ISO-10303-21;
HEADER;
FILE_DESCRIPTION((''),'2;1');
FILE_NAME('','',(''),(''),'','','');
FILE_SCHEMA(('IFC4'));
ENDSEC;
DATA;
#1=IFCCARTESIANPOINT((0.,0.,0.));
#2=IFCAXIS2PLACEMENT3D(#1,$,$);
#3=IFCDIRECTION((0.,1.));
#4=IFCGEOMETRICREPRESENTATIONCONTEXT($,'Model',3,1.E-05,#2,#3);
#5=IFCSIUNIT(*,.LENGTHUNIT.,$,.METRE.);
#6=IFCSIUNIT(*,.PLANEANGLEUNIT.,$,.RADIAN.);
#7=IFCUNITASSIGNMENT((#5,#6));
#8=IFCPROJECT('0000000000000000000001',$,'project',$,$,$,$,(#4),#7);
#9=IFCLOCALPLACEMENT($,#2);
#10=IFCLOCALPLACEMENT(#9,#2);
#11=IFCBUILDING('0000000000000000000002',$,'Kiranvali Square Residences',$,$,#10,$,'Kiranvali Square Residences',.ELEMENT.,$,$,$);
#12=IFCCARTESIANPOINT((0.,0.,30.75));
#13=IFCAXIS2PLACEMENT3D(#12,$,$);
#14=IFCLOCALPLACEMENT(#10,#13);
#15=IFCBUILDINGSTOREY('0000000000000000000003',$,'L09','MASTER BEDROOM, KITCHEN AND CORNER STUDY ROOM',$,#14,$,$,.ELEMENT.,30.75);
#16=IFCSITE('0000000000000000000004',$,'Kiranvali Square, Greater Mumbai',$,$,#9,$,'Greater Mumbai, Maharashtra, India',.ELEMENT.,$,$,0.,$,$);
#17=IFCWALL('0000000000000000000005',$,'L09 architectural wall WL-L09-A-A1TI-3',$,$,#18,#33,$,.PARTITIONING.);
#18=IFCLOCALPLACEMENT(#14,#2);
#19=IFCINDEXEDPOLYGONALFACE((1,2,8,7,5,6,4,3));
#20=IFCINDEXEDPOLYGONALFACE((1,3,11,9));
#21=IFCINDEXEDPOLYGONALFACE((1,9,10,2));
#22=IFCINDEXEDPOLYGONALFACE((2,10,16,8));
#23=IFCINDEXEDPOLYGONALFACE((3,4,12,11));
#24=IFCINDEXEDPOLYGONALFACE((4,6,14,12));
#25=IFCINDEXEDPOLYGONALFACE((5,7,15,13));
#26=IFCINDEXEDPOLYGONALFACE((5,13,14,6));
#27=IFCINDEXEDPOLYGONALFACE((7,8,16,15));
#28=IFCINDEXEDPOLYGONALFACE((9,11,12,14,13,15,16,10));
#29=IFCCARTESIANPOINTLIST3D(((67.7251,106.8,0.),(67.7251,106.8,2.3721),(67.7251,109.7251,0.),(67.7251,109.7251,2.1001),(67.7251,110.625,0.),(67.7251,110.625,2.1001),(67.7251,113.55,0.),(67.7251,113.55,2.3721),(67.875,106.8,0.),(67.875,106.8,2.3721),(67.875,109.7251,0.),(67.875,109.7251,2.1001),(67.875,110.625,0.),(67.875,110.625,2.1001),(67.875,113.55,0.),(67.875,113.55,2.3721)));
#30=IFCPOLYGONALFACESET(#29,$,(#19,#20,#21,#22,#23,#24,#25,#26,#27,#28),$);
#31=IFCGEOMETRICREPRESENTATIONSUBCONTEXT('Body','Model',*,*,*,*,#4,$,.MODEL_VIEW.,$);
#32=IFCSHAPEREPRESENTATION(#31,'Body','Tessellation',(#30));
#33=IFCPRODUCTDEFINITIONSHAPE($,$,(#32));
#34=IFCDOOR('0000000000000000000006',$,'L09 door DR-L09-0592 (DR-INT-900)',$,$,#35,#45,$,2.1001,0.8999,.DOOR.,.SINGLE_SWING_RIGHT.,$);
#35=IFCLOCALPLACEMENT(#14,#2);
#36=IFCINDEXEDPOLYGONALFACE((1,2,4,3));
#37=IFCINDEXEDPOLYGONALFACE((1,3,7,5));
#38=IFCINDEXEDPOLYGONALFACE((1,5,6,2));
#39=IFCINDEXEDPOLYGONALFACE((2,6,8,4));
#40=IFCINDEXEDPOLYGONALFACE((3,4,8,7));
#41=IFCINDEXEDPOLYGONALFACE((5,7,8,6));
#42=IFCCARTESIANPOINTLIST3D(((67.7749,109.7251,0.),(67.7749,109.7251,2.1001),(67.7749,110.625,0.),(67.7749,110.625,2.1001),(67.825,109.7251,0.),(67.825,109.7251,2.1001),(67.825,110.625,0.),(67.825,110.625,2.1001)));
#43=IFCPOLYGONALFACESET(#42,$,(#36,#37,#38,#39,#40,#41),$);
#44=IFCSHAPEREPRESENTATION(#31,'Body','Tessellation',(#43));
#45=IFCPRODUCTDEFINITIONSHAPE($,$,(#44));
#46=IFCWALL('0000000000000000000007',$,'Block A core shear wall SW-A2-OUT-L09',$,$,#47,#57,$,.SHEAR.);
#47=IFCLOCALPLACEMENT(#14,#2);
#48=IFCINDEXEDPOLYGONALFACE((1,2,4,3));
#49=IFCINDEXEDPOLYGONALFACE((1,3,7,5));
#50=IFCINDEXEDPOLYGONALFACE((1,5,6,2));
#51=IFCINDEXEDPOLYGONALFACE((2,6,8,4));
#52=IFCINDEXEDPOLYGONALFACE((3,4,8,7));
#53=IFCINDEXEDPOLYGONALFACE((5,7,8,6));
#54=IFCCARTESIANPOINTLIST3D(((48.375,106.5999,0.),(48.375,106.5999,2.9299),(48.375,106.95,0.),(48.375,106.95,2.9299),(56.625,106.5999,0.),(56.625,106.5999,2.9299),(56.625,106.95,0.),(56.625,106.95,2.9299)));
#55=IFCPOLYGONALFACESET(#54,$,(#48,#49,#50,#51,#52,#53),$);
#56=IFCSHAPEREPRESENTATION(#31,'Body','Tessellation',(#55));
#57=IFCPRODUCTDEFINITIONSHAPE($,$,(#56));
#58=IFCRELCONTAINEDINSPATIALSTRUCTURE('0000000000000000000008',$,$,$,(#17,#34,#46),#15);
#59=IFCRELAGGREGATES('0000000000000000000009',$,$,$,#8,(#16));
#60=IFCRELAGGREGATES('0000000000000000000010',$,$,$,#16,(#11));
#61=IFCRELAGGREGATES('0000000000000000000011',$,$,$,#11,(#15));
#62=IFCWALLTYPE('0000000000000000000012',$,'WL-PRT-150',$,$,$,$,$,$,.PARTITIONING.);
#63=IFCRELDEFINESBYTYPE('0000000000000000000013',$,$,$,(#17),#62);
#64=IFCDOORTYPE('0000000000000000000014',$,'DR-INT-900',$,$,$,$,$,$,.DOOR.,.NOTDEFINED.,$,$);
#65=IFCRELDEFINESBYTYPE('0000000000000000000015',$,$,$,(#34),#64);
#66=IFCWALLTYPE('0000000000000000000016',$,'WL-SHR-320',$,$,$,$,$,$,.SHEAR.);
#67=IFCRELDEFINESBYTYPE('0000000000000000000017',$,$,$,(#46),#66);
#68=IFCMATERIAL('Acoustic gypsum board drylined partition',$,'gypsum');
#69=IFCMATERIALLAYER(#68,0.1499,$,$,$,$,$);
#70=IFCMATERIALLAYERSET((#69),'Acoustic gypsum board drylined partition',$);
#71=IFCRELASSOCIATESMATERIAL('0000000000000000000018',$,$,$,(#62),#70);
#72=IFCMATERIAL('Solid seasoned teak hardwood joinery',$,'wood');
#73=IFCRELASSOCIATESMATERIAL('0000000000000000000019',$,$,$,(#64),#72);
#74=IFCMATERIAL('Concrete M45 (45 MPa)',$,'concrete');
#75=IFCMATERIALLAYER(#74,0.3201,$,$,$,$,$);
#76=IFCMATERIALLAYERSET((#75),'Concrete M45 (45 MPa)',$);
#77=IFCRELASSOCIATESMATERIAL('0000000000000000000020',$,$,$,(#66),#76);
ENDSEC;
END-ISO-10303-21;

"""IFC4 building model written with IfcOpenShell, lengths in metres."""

from ifc_helpers import new_model, si_unit, direction, frame, frame_2d, origin, place, context, subcontext, project, spatial, rectangle, extrude, material, layer, layer_set, type_object, element, fill, save


model = new_model("IFC4")

# Units and contexts
model_context = context("Model", 3, precision=1e-05, world=origin(), true_north=direction((0.0, 1.0)))
body_context = subcontext(model_context, "Body", "Model", "MODEL_VIEW")
ifc_project = project(units=[si_unit("LENGTHUNIT", "METRE"), si_unit("PLANEANGLEUNIT", "RADIAN")], contexts=[model_context])

# Site, building, storey
site_placement = place(None, origin())
site = spatial("IfcSite", under=ifc_project, at=site_placement, Name="Kiranvali Square, Greater Mumbai", LongName="Greater Mumbai, Maharashtra, India", CompositionType="ELEMENT", RefElevation=0.0)
building_placement = place(site_placement, origin())
building = spatial("IfcBuilding", under=site, at=building_placement, Name="Kiranvali Square Residences", LongName="Kiranvali Square Residences", CompositionType="ELEMENT")
storey_placement = place(building_placement, frame((0.0, 0.0, 30.75)))
storey = spatial("IfcBuildingStorey", under=building, at=storey_placement, Name="L09", Description="MASTER BEDROOM, KITCHEN AND CORNER STUDY ROOM", CompositionType="ELEMENT", Elevation=30.75)

# Wall, opening, door
ifc_material_1 = material(Name="Acoustic gypsum board drylined partition", Category="gypsum")
ifc_layer_1 = layer(ifc_material_1, 0.1499)
ifc_layer_set_1 = layer_set([ifc_layer_1], Name="Acoustic gypsum board drylined partition")
wall_type_1 = type_object("IfcWallType", Name="WL-PRT-150", PredefinedType="PARTITIONING", material=ifc_layer_set_1)
ifc_material_2 = material(Name="Solid seasoned teak hardwood joinery", Category="wood")
door_type = type_object("IfcDoorType", Name="DR-INT-900", OperationType="NOTDEFINED", PredefinedType="DOOR", material=ifc_material_2)
wall_1_placement = place(storey_placement, frame((67.8, 106.8, 0.0), z_axis=(0.0, 0.0, 1.0), x_axis=(0.0, 1.0, 0.0)))
wall_1 = element("IfcWall", 1, at=wall_1_placement, inside=storey, type_object=wall_type_1, Name="L09 architectural wall WL-L09-A-A1TI-3", PredefinedType="PARTITIONING", context=body_context, shape_type="SweptSolid", body=[
    extrude(rectangle(XDim=6.75, YDim=0.1499, at=frame_2d((3.375, 0.0))), origin(), (0.0, 0.0, 1.0), 2.3721),
])
opening_1_placement = place(wall_1_placement, frame((2.925, 0.0, 0.0)))
opening_1 = element("IfcOpeningElement", 2, at=opening_1_placement, cuts=wall_1, PredefinedType="OPENING", context=body_context, shape_type="SweptSolid", body=[
    extrude(rectangle(XDim=0.8999, YDim=2.1001, at=frame_2d((0.45, 1.05))), frame((0.0, 0.085, 0.0), z_axis=(0.0, -1.0, 0.0), x_axis=(1.0, 0.0, 0.0)), (0.0, 0.0, 1.0), 0.1699),
])
door_1_placement = place(opening_1_placement, frame((0.8999, 0.0, 0.0), z_axis=(0.0, 0.0, 1.0), x_axis=(-1.0, 0.0, 0.0)))
door_1 = element("IfcDoor", 3, at=door_1_placement, inside=storey, type_object=door_type, Name="L09 door DR-L09-0592 (DR-INT-900)", OperationType="SINGLE_SWING_RIGHT", OverallHeight=2.1001, OverallWidth=0.8999, PredefinedType="DOOR", context=body_context, shape_type="SweptSolid", body=[
    extrude(rectangle(XDim=0.8999, YDim=2.1001, at=frame_2d((0.45, 1.05))), frame((0.0, 0.0249, 0.0), z_axis=(0.0, -1.0, 0.0), x_axis=(1.0, 0.0, 0.0)), (0.0, 0.0, 1.0), 0.05),
])
fill(opening_1, door_1)

# Wall
ifc_material_3 = material(Name="Concrete M45 (45 MPa)", Category="concrete")
ifc_layer_2 = layer(ifc_material_3, 0.3201)
ifc_layer_set_2 = layer_set([ifc_layer_2], Name="Concrete M45 (45 MPa)")
wall_type_2 = type_object("IfcWallType", Name="WL-SHR-320", PredefinedType="SHEAR", material=ifc_layer_set_2)
wall_2_placement = place(storey_placement, frame((48.375, 106.7749, 0.0), z_axis=(0.0, 0.0, 1.0), x_axis=(1.0, 0.0, 0.0)))
element("IfcWall", 4, at=wall_2_placement, inside=storey, type_object=wall_type_2, Name="Block A core shear wall SW-A2-OUT-L09", PredefinedType="SHEAR", context=body_context, shape_type="SweptSolid", body=[
    extrude(rectangle(XDim=8.25, YDim=0.3501, at=frame_2d((4.125, 0.0))), origin(), (0.0, 0.0, 1.0), 2.9299),
])

save(model, "model.ifc")
